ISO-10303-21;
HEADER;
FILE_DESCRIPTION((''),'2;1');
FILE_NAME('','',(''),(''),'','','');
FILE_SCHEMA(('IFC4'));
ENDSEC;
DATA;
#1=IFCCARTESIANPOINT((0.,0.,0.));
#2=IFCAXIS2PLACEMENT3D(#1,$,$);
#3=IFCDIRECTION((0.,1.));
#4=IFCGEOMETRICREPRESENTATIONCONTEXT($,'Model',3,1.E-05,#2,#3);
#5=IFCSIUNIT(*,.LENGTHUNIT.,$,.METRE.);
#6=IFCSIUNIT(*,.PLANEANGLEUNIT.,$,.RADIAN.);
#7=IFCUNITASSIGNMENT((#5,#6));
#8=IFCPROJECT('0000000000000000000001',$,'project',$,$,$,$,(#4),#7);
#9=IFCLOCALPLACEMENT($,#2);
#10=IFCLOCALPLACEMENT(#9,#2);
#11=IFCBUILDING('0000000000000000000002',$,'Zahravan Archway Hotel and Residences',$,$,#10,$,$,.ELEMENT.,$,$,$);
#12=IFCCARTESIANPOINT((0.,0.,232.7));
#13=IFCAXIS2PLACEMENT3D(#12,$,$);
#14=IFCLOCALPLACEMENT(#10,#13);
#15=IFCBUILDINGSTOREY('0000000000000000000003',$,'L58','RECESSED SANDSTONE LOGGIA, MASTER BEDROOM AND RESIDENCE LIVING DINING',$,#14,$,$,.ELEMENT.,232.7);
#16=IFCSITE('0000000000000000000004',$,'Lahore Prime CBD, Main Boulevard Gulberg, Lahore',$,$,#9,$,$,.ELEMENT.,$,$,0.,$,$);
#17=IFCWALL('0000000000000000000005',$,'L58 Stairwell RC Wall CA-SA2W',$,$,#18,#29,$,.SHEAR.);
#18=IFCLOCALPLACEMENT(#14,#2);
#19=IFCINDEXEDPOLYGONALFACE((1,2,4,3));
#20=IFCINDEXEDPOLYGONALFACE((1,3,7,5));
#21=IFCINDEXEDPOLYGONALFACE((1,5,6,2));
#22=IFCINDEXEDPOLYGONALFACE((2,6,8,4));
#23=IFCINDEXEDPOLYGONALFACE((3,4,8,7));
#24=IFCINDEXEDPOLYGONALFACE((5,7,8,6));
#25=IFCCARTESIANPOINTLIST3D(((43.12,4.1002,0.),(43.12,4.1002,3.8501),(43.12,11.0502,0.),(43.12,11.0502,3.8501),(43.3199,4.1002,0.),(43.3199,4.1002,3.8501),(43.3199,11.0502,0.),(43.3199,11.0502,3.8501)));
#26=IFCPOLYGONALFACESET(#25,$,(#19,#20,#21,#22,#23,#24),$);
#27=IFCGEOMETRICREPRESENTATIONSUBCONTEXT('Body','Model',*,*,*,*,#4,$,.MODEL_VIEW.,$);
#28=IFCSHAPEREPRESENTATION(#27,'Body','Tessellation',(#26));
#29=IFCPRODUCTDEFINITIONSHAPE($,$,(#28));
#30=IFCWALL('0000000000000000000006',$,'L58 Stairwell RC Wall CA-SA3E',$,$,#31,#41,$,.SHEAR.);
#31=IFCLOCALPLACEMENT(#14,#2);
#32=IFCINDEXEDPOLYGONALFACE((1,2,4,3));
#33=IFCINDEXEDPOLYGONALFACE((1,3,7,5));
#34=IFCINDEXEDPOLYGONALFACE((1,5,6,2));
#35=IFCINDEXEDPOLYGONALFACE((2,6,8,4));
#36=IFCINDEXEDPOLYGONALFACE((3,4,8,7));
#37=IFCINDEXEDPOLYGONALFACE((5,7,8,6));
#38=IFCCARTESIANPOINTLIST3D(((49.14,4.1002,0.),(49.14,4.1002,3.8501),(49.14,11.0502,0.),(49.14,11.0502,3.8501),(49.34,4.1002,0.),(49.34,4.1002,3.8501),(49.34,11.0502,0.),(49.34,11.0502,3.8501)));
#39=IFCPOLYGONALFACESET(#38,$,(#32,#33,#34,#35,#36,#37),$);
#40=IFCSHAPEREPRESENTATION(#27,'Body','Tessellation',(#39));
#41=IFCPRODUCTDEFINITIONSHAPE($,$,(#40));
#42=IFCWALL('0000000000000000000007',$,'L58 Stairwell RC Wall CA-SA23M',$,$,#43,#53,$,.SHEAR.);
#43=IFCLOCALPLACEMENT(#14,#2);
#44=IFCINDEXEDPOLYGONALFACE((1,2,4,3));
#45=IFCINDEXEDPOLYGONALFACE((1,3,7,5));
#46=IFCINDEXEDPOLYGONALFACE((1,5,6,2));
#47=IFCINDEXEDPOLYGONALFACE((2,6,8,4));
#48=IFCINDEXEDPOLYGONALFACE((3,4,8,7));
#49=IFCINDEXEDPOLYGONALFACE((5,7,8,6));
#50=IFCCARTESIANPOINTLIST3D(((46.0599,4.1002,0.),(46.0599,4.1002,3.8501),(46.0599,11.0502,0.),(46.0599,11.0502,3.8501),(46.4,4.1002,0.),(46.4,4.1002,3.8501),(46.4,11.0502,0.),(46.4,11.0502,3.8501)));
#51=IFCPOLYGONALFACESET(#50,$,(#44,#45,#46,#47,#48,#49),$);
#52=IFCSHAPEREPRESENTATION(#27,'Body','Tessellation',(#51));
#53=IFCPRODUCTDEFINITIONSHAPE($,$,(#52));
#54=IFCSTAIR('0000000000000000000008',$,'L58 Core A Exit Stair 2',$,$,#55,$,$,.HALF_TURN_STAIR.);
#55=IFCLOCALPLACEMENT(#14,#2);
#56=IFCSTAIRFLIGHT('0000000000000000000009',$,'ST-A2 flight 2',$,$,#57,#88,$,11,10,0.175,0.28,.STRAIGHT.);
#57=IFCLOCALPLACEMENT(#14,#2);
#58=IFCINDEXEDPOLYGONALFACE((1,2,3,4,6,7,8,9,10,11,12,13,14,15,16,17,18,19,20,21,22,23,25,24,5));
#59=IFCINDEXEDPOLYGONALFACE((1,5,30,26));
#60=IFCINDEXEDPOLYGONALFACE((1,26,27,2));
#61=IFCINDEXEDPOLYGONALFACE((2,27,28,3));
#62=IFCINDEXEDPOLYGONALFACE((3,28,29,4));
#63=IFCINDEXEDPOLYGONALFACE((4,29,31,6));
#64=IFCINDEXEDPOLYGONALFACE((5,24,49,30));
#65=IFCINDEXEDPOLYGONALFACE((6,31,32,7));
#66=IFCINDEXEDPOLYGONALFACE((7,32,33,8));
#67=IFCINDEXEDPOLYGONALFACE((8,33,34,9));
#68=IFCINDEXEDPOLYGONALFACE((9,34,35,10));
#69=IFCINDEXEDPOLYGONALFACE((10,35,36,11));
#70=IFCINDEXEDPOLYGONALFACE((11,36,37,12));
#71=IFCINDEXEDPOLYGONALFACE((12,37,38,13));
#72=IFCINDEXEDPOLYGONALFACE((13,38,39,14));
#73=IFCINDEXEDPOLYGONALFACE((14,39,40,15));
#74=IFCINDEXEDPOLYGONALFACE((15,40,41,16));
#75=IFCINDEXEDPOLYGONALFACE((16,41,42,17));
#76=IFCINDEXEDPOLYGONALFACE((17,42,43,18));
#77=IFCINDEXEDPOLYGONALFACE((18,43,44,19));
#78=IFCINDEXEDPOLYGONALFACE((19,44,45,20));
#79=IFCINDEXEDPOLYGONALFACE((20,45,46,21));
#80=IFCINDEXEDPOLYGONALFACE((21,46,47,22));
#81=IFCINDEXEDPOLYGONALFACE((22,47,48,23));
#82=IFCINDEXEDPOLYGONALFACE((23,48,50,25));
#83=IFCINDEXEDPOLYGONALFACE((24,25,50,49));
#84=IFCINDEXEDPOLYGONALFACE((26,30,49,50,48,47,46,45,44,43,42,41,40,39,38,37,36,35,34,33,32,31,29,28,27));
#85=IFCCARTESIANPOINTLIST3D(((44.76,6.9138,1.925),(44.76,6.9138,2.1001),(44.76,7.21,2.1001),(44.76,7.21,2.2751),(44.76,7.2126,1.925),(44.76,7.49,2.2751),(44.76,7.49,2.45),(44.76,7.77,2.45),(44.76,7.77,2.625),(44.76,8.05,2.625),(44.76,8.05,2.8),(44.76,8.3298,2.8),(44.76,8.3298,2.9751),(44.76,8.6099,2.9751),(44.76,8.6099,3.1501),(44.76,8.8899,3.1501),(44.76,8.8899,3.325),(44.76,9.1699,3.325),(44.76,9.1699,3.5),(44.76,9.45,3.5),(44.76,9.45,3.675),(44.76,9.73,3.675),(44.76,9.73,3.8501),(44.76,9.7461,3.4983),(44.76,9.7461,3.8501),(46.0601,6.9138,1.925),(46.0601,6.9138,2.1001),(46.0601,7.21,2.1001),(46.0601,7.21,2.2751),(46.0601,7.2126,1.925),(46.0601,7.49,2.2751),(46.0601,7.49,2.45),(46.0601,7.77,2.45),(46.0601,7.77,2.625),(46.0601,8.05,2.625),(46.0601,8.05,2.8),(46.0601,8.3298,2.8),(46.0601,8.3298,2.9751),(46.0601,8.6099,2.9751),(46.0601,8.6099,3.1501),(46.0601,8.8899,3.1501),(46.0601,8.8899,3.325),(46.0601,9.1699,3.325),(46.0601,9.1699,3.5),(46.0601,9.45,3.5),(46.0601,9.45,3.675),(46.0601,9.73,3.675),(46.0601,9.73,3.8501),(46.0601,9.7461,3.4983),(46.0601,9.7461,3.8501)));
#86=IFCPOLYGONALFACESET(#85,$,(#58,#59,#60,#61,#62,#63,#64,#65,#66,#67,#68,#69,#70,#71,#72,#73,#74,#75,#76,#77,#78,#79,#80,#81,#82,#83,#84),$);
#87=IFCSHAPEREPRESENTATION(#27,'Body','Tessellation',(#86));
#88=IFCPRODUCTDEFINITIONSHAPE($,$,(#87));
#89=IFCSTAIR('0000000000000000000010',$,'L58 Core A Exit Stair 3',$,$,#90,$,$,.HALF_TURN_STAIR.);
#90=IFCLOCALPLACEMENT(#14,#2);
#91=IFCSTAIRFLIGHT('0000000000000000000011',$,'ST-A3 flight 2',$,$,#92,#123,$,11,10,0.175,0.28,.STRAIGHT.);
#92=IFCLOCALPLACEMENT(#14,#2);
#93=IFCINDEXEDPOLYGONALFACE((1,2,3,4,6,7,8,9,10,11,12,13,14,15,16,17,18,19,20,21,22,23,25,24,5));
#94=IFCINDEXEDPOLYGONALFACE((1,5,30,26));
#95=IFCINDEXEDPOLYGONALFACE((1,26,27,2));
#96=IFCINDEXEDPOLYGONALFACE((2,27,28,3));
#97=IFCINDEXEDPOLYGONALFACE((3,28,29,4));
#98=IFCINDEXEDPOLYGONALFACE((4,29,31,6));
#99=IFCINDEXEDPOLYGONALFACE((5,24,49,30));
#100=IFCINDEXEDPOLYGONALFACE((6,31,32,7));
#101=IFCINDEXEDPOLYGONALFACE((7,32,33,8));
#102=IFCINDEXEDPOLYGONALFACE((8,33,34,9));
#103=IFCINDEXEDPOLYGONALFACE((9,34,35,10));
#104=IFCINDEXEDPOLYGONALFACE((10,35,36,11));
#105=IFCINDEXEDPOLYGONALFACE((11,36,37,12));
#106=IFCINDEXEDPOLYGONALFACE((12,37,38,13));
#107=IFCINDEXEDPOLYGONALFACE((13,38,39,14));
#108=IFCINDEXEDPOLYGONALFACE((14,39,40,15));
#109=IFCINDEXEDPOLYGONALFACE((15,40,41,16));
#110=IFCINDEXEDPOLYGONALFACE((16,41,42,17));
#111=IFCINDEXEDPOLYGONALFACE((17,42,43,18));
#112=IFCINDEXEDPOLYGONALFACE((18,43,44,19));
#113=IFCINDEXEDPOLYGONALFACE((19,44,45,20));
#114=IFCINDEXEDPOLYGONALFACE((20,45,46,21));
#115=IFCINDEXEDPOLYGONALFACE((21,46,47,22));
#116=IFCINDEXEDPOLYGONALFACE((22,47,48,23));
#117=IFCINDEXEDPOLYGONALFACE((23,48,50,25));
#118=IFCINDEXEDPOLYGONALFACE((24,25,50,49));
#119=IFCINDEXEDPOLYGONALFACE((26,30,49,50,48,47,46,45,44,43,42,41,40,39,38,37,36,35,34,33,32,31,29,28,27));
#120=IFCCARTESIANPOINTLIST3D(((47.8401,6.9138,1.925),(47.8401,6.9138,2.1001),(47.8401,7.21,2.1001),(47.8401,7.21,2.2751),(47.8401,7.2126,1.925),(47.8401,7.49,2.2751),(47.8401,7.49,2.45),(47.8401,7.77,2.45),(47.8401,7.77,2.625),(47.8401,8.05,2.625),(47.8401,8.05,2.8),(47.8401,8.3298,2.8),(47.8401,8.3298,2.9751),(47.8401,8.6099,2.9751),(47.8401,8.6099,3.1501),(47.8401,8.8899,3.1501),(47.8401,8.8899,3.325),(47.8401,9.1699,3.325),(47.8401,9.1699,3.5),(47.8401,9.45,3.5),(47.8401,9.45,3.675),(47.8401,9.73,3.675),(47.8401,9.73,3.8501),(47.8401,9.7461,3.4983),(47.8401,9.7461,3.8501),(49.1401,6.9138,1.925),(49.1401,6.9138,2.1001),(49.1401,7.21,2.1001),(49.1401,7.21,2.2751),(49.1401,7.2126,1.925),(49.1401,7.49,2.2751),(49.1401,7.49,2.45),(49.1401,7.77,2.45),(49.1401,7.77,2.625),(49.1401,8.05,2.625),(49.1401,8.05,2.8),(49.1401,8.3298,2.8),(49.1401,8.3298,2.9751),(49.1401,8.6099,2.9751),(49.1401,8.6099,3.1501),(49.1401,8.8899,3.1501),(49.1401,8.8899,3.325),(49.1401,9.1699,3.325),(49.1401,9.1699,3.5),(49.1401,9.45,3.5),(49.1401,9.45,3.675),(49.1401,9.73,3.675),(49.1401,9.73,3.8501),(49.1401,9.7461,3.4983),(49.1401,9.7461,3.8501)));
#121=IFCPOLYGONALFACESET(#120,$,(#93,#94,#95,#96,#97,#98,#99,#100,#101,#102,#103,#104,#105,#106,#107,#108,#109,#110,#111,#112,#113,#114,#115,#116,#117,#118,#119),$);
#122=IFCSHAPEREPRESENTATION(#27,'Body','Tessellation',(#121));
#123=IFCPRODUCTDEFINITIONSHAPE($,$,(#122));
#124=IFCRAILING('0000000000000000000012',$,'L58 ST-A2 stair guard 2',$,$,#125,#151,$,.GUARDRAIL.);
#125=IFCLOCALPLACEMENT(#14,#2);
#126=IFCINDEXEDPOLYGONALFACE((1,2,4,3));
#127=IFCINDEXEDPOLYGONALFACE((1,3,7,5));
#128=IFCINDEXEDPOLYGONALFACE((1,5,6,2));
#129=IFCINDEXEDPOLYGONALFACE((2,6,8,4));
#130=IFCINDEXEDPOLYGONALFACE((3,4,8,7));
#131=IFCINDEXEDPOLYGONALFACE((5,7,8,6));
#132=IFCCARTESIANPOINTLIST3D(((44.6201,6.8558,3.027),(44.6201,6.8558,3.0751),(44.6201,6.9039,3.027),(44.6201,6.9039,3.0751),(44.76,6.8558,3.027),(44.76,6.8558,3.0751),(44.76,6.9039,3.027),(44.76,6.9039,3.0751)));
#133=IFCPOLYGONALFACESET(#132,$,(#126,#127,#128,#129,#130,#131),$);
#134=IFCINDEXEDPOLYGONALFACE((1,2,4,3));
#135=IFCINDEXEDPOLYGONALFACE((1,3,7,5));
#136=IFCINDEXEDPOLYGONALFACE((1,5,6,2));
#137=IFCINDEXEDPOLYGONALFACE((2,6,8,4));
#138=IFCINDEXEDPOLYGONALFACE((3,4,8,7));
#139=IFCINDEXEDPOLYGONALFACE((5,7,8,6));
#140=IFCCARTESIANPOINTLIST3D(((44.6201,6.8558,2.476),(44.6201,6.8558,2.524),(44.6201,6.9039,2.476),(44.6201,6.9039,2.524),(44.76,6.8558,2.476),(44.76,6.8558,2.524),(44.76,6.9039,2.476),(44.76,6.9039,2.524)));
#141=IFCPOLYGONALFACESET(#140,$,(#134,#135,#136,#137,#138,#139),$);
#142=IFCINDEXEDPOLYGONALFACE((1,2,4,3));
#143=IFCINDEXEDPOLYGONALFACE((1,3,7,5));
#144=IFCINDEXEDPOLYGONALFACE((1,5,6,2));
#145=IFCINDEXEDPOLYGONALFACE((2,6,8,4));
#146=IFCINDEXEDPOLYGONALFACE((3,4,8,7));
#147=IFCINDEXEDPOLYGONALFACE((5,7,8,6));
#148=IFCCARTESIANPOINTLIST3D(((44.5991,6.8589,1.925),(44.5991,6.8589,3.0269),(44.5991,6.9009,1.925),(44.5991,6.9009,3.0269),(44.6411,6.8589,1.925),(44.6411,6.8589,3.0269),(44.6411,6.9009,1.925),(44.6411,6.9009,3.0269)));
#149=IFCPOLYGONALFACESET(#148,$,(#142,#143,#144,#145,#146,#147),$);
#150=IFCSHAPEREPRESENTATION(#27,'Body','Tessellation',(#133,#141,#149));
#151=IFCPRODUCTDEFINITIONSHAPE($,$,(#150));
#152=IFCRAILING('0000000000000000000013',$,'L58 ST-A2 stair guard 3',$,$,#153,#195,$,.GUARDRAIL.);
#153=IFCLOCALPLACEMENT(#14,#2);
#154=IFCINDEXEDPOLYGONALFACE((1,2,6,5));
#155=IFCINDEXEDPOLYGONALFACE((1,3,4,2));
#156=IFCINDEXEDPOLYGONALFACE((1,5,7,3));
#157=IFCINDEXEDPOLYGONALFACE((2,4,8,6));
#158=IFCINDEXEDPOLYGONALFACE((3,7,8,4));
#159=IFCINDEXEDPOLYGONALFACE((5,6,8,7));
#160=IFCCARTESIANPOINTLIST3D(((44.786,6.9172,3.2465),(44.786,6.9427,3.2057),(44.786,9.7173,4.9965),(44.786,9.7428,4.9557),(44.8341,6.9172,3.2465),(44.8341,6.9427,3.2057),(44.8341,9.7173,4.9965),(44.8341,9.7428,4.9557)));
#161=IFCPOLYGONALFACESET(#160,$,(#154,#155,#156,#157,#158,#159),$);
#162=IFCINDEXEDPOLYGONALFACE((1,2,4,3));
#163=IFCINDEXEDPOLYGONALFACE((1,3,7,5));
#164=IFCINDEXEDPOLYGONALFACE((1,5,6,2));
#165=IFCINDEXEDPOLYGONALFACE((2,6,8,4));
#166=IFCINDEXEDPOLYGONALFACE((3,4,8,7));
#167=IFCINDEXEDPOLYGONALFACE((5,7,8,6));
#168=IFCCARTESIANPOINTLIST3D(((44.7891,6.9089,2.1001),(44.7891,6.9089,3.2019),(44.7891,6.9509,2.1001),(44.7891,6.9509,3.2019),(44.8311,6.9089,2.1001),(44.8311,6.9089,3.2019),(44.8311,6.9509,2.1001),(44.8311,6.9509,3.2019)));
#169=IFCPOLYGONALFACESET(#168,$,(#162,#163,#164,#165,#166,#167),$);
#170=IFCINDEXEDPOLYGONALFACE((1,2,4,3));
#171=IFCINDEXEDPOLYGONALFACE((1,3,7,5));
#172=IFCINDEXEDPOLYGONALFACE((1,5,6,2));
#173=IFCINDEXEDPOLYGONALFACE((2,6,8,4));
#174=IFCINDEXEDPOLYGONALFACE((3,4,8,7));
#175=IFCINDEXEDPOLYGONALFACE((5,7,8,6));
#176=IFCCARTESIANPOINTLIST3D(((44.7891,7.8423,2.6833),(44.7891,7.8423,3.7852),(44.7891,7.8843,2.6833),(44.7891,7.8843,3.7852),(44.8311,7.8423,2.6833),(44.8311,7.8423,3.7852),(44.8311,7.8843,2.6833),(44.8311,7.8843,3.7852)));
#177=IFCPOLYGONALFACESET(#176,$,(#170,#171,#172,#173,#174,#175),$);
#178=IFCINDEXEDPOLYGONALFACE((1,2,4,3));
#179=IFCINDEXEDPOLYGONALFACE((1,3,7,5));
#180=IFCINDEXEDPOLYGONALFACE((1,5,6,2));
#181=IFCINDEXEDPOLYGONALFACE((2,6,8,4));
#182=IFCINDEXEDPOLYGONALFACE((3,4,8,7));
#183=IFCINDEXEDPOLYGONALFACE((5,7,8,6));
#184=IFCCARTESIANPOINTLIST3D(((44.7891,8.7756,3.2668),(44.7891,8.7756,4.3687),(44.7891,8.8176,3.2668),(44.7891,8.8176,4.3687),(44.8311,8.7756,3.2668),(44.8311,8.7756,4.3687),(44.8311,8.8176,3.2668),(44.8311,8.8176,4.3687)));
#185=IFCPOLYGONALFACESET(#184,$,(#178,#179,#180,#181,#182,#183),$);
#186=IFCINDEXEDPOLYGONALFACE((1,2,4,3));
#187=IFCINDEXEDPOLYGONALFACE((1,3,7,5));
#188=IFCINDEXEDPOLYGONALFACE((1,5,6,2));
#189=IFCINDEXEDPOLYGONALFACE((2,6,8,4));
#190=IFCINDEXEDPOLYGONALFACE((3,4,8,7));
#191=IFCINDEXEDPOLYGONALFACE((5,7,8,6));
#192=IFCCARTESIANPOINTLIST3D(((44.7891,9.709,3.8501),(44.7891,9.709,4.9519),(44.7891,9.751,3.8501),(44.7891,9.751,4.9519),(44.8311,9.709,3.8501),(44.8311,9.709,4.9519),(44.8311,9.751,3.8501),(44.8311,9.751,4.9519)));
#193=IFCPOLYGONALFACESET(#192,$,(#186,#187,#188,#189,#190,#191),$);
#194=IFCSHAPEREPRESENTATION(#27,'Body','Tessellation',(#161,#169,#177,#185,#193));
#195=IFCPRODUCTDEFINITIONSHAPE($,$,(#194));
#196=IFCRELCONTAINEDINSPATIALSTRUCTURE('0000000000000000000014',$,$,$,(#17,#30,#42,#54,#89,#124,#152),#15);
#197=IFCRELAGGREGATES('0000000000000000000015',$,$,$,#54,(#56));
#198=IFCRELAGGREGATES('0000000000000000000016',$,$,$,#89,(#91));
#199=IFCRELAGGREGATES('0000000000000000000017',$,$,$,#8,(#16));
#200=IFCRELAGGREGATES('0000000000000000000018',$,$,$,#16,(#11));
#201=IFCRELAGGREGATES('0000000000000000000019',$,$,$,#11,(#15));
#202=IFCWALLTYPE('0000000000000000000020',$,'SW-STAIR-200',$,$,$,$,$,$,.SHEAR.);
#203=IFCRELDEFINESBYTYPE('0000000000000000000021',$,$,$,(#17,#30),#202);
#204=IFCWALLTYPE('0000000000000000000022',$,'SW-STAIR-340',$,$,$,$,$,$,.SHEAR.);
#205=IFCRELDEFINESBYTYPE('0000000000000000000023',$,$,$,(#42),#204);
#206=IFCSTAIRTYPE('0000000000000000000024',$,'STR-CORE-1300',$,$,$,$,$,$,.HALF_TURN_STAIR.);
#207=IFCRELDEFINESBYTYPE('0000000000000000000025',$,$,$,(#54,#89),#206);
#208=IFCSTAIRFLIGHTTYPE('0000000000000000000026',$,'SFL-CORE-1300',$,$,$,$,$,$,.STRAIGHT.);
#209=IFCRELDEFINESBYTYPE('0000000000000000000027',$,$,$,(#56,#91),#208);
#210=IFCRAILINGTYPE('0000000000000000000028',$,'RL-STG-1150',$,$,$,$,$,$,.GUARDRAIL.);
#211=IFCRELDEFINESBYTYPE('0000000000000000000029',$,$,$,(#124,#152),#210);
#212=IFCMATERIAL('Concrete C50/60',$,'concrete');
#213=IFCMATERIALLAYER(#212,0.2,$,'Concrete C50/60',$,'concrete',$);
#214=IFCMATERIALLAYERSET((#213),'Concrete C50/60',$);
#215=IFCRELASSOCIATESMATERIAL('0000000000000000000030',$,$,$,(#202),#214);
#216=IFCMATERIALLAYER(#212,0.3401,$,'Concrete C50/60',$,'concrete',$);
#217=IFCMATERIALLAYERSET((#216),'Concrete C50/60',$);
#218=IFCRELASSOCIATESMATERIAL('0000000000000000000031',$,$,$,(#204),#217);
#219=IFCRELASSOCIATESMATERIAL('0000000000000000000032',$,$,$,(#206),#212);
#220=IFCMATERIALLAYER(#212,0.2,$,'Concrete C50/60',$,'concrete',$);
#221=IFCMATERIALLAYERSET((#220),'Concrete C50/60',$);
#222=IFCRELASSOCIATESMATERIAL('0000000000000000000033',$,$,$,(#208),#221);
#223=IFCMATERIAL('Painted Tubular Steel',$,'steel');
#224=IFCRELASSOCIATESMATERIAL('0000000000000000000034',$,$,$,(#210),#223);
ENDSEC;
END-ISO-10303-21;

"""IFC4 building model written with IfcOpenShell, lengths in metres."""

from ifc_helpers import new_model, si_unit, direction, frame, frame_2d, origin, origin_2d, place, context, subcontext, project, spatial, polyline, rectangle, outline, extrude, source, transform, mapped, material, layer, layer_set, type_object, element, aggregate, save


model = new_model("IFC4")

# Units and contexts
model_context = context("Model", 3, precision=1e-05, world=origin(), true_north=direction((0.0, 1.0)))
body_context = subcontext(model_context, "Body", "Model", "MODEL_VIEW")
ifc_project = project(units=[si_unit("LENGTHUNIT", "METRE"), si_unit("PLANEANGLEUNIT", "RADIAN")], contexts=[model_context])

# Site, building, storey
site_placement = place(None, origin())
site = spatial("IfcSite", under=ifc_project, at=site_placement, Name="Lahore Prime CBD, Main Boulevard Gulberg, Lahore", CompositionType="ELEMENT", RefElevation=0.0)
building_placement = place(site_placement, origin())
building = spatial("IfcBuilding", under=site, at=building_placement, Name="Zahravan Archway Hotel and Residences", CompositionType="ELEMENT")
storey_placement = place(building_placement, frame((0.0, 0.0, 232.7)))
storey = spatial("IfcBuildingStorey", under=building, at=storey_placement, Name="L58", Description="RECESSED SANDSTONE LOGGIA, MASTER BEDROOM AND RESIDENCE LIVING DINING", CompositionType="ELEMENT", Elevation=232.7)

# Shared definitions
ifc_material_1 = material(Name="Concrete C50/60", Category="concrete")

# Walls
ifc_layer_1 = layer(ifc_material_1, 0.2, Name="Concrete C50/60", Category="concrete")
ifc_layer_set_1 = layer_set([ifc_layer_1], Name="Concrete C50/60")
wall_type_1 = type_object("IfcWallType", Name="SW-STAIR-200", PredefinedType="SHEAR", material=ifc_layer_set_1)
for number, where, z_axis, x_axis, name in (
    (1, (43.22, 4.1001, 0.0), (0.0, 0.0, 1.0), (0.0, 1.0, 0.0), "L58 Stairwell RC Wall CA-SA2W"),
    (2, (49.24, 4.1001, 0.0), (0.0, 0.0, 1.0), (0.0, 1.0, 0.0), "L58 Stairwell RC Wall CA-SA3E"),
):
    element("IfcWall", number, at=place(storey_placement, frame(where, z_axis=z_axis, x_axis=x_axis)), inside=storey, type_object=wall_type_1, Name=name, PredefinedType="SHEAR", context=body_context, shape_type="SweptSolid", body=[
        extrude(rectangle(XDim=6.95, YDim=0.2, at=frame_2d((3.4751, 0.0))), origin(), (0.0, 0.0, 1.0), 3.8501),
    ])
ifc_layer_2 = layer(ifc_material_1, 0.3401, Name="Concrete C50/60", Category="concrete")
ifc_layer_set_2 = layer_set([ifc_layer_2], Name="Concrete C50/60")
wall_type_2 = type_object("IfcWallType", Name="SW-STAIR-340", PredefinedType="SHEAR", material=ifc_layer_set_2)
wall_1_placement = place(storey_placement, frame((46.23, 4.1001, 0.0), z_axis=(0.0, 0.0, 1.0), x_axis=(0.0, 1.0, 0.0)))
element("IfcWall", 3, at=wall_1_placement, inside=storey, type_object=wall_type_2, Name="L58 Stairwell RC Wall CA-SA23M", PredefinedType="SHEAR", context=body_context, shape_type="SweptSolid", body=[
    extrude(rectangle(XDim=6.95, YDim=0.3401, at=frame_2d((3.4751, 0.0))), origin(), (0.0, 0.0, 1.0), 3.8501),
])

# Stairs, stair flights
stair_type = type_object("IfcStairType", Name="STR-CORE-1300", PredefinedType="HALF_TURN_STAIR", material=ifc_material_1)
stair_1_placement = place(storey_placement, origin())
stair_1 = element("IfcStair", 4, at=stair_1_placement, inside=storey, type_object=stair_type, Name="L58 Core A Exit Stair 2", PredefinedType="HALF_TURN_STAIR")
ifc_layer_3 = layer(ifc_material_1, 0.2, Name="Concrete C50/60", Category="concrete")
ifc_layer_set_3 = layer_set([ifc_layer_3], Name="Concrete C50/60")
stair_flight_type = type_object("IfcStairFlightType", Name="SFL-CORE-1300", PredefinedType="STRAIGHT", material=ifc_layer_set_3)
shared_shape_1 = source(origin(), body_context, "Body", "SweptSolid", [
    extrude(outline(polyline([(-0.0161, 0.0), (-0.0161, 0.175), (0.28, 0.175), (0.28, 0.3501), (0.5601, 0.3501), (0.5601, 0.5249), (0.8401, 0.5249), (0.8401, 0.7), (1.1201, 0.7), (1.1201, 0.875), (1.3999, 0.875), (1.3999, 1.05), (1.6799, 1.05), (1.6799, 1.2251), (1.96, 1.2251), (1.96, 1.3999), (2.24, 1.3999), (2.24, 1.575), (2.52, 1.575), (2.52, 1.75), (2.8, 1.75), (2.8, 1.925), (2.8162, 1.925), (2.8162, 1.5732), (0.2827, 0.0), (-0.0161, 0.0)])), frame((0.0, 0.6499, 0.0), z_axis=(0.0, -1.0, 0.0), x_axis=(1.0, 0.0, 0.0)), (0.0, 0.0, 1.0), 1.3),
])
stair_flight_1_placement = place(storey_placement, frame((45.4099, 6.9299, 1.925), z_axis=(0.0, 0.0, 1.0), x_axis=(0.0, 1.0, 0.0)))
stair_flight_1 = element("IfcStairFlight", 5, at=stair_flight_1_placement, type_object=stair_flight_type, Name="ST-A2 flight 2", NumberOfRisers=11, NumberOfTreads=10, PredefinedType="STRAIGHT", RiserHeight=0.175, TreadLength=0.28, context=body_context, shape_type="MappedRepresentation", body=[
    mapped(shared_shape_1, transform((0.0, 0.0, 0.0), scale=1.0)),
])
aggregate(stair_1, [stair_flight_1])
stair_2_placement = place(storey_placement, origin())
stair_2 = element("IfcStair", 6, at=stair_2_placement, inside=storey, type_object=stair_type, Name="L58 Core A Exit Stair 3", PredefinedType="HALF_TURN_STAIR")
stair_flight_2_placement = place(storey_placement, frame((48.49, 6.9299, 1.925), z_axis=(0.0, 0.0, 1.0), x_axis=(0.0, 1.0, 0.0)))
stair_flight_2 = element("IfcStairFlight", 7, at=stair_flight_2_placement, type_object=stair_flight_type, Name="ST-A3 flight 2", NumberOfRisers=11, NumberOfTreads=10, PredefinedType="STRAIGHT", RiserHeight=0.175, TreadLength=0.28, context=body_context, shape_type="MappedRepresentation", body=[
    mapped(shared_shape_1, transform((0.0, 0.0, 0.0), scale=1.0)),
])
aggregate(stair_2, [stair_flight_2])

# Railings
ifc_material_2 = material(Name="Painted Tubular Steel", Category="steel")
railing_type_1 = type_object("IfcRailingType", Name="RL-STG-1150", PredefinedType="GUARDRAIL", material=ifc_material_2)
railing_1_placement = place(storey_placement, frame((44.6201, 6.8799, 1.925)))
element("IfcRailing", 8, at=railing_1_placement, inside=storey, type_object=railing_type_1, Name="L58 ST-A2 stair guard 2", PredefinedType="GUARDRAIL", context=body_context, shape_type="SweptSolid", body=[
    extrude(rectangle(XDim=0.0481, YDim=0.0481, at=origin_2d()), frame((0.0, 0.0, 1.126), z_axis=(1.0, 0.0, 0.0), x_axis=(0.0, 1.0, 0.0)), (0.0, 0.0, 1.0), 0.1399),
    extrude(rectangle(XDim=0.0481, YDim=0.0481, at=origin_2d()), frame((0.0, 0.0, 0.575), z_axis=(1.0, 0.0, 0.0), x_axis=(0.0, 1.0, 0.0)), (0.0, 0.0, 1.0), 0.1399),
    extrude(rectangle(XDim=0.042, YDim=0.042, at=origin_2d()), origin(), (0.0, 0.0, 1.0), 1.1018),
])
railing_2_placement = place(storey_placement, frame((44.8101, 6.9299, 2.1001)))
element("IfcRailing", 9, at=railing_2_placement, inside=storey, type_object=railing_type_1, Name="L58 ST-A2 stair guard 3", PredefinedType="GUARDRAIL", context=body_context, shape_type="SweptSolid", body=[
    extrude(rectangle(XDim=0.0481, YDim=0.0481, at=origin_2d()), frame((0.0, 0.0, 1.126), z_axis=(0.0, 0.848002, 0.529992), x_axis=(-1.0, 0.0, 0.0)), (0.0, 0.0, 1.0), 3.302),
    extrude(rectangle(XDim=0.042, YDim=0.042, at=origin_2d()), origin(), (0.0, 0.0, 1.0), 1.1018),
    extrude(rectangle(XDim=0.042, YDim=0.042, at=origin_2d()), frame((0.0, 0.9333, 0.5833)), (0.0, 0.0, 1.0), 1.1018),
    extrude(rectangle(XDim=0.042, YDim=0.042, at=origin_2d()), frame((0.0, 1.8667, 1.1667)), (0.0, 0.0, 1.0), 1.1018),
    extrude(rectangle(XDim=0.042, YDim=0.042, at=origin_2d()), frame((0.0, 2.8, 1.75)), (0.0, 0.0, 1.0), 1.1018),
])

save(model, "model.ifc")
